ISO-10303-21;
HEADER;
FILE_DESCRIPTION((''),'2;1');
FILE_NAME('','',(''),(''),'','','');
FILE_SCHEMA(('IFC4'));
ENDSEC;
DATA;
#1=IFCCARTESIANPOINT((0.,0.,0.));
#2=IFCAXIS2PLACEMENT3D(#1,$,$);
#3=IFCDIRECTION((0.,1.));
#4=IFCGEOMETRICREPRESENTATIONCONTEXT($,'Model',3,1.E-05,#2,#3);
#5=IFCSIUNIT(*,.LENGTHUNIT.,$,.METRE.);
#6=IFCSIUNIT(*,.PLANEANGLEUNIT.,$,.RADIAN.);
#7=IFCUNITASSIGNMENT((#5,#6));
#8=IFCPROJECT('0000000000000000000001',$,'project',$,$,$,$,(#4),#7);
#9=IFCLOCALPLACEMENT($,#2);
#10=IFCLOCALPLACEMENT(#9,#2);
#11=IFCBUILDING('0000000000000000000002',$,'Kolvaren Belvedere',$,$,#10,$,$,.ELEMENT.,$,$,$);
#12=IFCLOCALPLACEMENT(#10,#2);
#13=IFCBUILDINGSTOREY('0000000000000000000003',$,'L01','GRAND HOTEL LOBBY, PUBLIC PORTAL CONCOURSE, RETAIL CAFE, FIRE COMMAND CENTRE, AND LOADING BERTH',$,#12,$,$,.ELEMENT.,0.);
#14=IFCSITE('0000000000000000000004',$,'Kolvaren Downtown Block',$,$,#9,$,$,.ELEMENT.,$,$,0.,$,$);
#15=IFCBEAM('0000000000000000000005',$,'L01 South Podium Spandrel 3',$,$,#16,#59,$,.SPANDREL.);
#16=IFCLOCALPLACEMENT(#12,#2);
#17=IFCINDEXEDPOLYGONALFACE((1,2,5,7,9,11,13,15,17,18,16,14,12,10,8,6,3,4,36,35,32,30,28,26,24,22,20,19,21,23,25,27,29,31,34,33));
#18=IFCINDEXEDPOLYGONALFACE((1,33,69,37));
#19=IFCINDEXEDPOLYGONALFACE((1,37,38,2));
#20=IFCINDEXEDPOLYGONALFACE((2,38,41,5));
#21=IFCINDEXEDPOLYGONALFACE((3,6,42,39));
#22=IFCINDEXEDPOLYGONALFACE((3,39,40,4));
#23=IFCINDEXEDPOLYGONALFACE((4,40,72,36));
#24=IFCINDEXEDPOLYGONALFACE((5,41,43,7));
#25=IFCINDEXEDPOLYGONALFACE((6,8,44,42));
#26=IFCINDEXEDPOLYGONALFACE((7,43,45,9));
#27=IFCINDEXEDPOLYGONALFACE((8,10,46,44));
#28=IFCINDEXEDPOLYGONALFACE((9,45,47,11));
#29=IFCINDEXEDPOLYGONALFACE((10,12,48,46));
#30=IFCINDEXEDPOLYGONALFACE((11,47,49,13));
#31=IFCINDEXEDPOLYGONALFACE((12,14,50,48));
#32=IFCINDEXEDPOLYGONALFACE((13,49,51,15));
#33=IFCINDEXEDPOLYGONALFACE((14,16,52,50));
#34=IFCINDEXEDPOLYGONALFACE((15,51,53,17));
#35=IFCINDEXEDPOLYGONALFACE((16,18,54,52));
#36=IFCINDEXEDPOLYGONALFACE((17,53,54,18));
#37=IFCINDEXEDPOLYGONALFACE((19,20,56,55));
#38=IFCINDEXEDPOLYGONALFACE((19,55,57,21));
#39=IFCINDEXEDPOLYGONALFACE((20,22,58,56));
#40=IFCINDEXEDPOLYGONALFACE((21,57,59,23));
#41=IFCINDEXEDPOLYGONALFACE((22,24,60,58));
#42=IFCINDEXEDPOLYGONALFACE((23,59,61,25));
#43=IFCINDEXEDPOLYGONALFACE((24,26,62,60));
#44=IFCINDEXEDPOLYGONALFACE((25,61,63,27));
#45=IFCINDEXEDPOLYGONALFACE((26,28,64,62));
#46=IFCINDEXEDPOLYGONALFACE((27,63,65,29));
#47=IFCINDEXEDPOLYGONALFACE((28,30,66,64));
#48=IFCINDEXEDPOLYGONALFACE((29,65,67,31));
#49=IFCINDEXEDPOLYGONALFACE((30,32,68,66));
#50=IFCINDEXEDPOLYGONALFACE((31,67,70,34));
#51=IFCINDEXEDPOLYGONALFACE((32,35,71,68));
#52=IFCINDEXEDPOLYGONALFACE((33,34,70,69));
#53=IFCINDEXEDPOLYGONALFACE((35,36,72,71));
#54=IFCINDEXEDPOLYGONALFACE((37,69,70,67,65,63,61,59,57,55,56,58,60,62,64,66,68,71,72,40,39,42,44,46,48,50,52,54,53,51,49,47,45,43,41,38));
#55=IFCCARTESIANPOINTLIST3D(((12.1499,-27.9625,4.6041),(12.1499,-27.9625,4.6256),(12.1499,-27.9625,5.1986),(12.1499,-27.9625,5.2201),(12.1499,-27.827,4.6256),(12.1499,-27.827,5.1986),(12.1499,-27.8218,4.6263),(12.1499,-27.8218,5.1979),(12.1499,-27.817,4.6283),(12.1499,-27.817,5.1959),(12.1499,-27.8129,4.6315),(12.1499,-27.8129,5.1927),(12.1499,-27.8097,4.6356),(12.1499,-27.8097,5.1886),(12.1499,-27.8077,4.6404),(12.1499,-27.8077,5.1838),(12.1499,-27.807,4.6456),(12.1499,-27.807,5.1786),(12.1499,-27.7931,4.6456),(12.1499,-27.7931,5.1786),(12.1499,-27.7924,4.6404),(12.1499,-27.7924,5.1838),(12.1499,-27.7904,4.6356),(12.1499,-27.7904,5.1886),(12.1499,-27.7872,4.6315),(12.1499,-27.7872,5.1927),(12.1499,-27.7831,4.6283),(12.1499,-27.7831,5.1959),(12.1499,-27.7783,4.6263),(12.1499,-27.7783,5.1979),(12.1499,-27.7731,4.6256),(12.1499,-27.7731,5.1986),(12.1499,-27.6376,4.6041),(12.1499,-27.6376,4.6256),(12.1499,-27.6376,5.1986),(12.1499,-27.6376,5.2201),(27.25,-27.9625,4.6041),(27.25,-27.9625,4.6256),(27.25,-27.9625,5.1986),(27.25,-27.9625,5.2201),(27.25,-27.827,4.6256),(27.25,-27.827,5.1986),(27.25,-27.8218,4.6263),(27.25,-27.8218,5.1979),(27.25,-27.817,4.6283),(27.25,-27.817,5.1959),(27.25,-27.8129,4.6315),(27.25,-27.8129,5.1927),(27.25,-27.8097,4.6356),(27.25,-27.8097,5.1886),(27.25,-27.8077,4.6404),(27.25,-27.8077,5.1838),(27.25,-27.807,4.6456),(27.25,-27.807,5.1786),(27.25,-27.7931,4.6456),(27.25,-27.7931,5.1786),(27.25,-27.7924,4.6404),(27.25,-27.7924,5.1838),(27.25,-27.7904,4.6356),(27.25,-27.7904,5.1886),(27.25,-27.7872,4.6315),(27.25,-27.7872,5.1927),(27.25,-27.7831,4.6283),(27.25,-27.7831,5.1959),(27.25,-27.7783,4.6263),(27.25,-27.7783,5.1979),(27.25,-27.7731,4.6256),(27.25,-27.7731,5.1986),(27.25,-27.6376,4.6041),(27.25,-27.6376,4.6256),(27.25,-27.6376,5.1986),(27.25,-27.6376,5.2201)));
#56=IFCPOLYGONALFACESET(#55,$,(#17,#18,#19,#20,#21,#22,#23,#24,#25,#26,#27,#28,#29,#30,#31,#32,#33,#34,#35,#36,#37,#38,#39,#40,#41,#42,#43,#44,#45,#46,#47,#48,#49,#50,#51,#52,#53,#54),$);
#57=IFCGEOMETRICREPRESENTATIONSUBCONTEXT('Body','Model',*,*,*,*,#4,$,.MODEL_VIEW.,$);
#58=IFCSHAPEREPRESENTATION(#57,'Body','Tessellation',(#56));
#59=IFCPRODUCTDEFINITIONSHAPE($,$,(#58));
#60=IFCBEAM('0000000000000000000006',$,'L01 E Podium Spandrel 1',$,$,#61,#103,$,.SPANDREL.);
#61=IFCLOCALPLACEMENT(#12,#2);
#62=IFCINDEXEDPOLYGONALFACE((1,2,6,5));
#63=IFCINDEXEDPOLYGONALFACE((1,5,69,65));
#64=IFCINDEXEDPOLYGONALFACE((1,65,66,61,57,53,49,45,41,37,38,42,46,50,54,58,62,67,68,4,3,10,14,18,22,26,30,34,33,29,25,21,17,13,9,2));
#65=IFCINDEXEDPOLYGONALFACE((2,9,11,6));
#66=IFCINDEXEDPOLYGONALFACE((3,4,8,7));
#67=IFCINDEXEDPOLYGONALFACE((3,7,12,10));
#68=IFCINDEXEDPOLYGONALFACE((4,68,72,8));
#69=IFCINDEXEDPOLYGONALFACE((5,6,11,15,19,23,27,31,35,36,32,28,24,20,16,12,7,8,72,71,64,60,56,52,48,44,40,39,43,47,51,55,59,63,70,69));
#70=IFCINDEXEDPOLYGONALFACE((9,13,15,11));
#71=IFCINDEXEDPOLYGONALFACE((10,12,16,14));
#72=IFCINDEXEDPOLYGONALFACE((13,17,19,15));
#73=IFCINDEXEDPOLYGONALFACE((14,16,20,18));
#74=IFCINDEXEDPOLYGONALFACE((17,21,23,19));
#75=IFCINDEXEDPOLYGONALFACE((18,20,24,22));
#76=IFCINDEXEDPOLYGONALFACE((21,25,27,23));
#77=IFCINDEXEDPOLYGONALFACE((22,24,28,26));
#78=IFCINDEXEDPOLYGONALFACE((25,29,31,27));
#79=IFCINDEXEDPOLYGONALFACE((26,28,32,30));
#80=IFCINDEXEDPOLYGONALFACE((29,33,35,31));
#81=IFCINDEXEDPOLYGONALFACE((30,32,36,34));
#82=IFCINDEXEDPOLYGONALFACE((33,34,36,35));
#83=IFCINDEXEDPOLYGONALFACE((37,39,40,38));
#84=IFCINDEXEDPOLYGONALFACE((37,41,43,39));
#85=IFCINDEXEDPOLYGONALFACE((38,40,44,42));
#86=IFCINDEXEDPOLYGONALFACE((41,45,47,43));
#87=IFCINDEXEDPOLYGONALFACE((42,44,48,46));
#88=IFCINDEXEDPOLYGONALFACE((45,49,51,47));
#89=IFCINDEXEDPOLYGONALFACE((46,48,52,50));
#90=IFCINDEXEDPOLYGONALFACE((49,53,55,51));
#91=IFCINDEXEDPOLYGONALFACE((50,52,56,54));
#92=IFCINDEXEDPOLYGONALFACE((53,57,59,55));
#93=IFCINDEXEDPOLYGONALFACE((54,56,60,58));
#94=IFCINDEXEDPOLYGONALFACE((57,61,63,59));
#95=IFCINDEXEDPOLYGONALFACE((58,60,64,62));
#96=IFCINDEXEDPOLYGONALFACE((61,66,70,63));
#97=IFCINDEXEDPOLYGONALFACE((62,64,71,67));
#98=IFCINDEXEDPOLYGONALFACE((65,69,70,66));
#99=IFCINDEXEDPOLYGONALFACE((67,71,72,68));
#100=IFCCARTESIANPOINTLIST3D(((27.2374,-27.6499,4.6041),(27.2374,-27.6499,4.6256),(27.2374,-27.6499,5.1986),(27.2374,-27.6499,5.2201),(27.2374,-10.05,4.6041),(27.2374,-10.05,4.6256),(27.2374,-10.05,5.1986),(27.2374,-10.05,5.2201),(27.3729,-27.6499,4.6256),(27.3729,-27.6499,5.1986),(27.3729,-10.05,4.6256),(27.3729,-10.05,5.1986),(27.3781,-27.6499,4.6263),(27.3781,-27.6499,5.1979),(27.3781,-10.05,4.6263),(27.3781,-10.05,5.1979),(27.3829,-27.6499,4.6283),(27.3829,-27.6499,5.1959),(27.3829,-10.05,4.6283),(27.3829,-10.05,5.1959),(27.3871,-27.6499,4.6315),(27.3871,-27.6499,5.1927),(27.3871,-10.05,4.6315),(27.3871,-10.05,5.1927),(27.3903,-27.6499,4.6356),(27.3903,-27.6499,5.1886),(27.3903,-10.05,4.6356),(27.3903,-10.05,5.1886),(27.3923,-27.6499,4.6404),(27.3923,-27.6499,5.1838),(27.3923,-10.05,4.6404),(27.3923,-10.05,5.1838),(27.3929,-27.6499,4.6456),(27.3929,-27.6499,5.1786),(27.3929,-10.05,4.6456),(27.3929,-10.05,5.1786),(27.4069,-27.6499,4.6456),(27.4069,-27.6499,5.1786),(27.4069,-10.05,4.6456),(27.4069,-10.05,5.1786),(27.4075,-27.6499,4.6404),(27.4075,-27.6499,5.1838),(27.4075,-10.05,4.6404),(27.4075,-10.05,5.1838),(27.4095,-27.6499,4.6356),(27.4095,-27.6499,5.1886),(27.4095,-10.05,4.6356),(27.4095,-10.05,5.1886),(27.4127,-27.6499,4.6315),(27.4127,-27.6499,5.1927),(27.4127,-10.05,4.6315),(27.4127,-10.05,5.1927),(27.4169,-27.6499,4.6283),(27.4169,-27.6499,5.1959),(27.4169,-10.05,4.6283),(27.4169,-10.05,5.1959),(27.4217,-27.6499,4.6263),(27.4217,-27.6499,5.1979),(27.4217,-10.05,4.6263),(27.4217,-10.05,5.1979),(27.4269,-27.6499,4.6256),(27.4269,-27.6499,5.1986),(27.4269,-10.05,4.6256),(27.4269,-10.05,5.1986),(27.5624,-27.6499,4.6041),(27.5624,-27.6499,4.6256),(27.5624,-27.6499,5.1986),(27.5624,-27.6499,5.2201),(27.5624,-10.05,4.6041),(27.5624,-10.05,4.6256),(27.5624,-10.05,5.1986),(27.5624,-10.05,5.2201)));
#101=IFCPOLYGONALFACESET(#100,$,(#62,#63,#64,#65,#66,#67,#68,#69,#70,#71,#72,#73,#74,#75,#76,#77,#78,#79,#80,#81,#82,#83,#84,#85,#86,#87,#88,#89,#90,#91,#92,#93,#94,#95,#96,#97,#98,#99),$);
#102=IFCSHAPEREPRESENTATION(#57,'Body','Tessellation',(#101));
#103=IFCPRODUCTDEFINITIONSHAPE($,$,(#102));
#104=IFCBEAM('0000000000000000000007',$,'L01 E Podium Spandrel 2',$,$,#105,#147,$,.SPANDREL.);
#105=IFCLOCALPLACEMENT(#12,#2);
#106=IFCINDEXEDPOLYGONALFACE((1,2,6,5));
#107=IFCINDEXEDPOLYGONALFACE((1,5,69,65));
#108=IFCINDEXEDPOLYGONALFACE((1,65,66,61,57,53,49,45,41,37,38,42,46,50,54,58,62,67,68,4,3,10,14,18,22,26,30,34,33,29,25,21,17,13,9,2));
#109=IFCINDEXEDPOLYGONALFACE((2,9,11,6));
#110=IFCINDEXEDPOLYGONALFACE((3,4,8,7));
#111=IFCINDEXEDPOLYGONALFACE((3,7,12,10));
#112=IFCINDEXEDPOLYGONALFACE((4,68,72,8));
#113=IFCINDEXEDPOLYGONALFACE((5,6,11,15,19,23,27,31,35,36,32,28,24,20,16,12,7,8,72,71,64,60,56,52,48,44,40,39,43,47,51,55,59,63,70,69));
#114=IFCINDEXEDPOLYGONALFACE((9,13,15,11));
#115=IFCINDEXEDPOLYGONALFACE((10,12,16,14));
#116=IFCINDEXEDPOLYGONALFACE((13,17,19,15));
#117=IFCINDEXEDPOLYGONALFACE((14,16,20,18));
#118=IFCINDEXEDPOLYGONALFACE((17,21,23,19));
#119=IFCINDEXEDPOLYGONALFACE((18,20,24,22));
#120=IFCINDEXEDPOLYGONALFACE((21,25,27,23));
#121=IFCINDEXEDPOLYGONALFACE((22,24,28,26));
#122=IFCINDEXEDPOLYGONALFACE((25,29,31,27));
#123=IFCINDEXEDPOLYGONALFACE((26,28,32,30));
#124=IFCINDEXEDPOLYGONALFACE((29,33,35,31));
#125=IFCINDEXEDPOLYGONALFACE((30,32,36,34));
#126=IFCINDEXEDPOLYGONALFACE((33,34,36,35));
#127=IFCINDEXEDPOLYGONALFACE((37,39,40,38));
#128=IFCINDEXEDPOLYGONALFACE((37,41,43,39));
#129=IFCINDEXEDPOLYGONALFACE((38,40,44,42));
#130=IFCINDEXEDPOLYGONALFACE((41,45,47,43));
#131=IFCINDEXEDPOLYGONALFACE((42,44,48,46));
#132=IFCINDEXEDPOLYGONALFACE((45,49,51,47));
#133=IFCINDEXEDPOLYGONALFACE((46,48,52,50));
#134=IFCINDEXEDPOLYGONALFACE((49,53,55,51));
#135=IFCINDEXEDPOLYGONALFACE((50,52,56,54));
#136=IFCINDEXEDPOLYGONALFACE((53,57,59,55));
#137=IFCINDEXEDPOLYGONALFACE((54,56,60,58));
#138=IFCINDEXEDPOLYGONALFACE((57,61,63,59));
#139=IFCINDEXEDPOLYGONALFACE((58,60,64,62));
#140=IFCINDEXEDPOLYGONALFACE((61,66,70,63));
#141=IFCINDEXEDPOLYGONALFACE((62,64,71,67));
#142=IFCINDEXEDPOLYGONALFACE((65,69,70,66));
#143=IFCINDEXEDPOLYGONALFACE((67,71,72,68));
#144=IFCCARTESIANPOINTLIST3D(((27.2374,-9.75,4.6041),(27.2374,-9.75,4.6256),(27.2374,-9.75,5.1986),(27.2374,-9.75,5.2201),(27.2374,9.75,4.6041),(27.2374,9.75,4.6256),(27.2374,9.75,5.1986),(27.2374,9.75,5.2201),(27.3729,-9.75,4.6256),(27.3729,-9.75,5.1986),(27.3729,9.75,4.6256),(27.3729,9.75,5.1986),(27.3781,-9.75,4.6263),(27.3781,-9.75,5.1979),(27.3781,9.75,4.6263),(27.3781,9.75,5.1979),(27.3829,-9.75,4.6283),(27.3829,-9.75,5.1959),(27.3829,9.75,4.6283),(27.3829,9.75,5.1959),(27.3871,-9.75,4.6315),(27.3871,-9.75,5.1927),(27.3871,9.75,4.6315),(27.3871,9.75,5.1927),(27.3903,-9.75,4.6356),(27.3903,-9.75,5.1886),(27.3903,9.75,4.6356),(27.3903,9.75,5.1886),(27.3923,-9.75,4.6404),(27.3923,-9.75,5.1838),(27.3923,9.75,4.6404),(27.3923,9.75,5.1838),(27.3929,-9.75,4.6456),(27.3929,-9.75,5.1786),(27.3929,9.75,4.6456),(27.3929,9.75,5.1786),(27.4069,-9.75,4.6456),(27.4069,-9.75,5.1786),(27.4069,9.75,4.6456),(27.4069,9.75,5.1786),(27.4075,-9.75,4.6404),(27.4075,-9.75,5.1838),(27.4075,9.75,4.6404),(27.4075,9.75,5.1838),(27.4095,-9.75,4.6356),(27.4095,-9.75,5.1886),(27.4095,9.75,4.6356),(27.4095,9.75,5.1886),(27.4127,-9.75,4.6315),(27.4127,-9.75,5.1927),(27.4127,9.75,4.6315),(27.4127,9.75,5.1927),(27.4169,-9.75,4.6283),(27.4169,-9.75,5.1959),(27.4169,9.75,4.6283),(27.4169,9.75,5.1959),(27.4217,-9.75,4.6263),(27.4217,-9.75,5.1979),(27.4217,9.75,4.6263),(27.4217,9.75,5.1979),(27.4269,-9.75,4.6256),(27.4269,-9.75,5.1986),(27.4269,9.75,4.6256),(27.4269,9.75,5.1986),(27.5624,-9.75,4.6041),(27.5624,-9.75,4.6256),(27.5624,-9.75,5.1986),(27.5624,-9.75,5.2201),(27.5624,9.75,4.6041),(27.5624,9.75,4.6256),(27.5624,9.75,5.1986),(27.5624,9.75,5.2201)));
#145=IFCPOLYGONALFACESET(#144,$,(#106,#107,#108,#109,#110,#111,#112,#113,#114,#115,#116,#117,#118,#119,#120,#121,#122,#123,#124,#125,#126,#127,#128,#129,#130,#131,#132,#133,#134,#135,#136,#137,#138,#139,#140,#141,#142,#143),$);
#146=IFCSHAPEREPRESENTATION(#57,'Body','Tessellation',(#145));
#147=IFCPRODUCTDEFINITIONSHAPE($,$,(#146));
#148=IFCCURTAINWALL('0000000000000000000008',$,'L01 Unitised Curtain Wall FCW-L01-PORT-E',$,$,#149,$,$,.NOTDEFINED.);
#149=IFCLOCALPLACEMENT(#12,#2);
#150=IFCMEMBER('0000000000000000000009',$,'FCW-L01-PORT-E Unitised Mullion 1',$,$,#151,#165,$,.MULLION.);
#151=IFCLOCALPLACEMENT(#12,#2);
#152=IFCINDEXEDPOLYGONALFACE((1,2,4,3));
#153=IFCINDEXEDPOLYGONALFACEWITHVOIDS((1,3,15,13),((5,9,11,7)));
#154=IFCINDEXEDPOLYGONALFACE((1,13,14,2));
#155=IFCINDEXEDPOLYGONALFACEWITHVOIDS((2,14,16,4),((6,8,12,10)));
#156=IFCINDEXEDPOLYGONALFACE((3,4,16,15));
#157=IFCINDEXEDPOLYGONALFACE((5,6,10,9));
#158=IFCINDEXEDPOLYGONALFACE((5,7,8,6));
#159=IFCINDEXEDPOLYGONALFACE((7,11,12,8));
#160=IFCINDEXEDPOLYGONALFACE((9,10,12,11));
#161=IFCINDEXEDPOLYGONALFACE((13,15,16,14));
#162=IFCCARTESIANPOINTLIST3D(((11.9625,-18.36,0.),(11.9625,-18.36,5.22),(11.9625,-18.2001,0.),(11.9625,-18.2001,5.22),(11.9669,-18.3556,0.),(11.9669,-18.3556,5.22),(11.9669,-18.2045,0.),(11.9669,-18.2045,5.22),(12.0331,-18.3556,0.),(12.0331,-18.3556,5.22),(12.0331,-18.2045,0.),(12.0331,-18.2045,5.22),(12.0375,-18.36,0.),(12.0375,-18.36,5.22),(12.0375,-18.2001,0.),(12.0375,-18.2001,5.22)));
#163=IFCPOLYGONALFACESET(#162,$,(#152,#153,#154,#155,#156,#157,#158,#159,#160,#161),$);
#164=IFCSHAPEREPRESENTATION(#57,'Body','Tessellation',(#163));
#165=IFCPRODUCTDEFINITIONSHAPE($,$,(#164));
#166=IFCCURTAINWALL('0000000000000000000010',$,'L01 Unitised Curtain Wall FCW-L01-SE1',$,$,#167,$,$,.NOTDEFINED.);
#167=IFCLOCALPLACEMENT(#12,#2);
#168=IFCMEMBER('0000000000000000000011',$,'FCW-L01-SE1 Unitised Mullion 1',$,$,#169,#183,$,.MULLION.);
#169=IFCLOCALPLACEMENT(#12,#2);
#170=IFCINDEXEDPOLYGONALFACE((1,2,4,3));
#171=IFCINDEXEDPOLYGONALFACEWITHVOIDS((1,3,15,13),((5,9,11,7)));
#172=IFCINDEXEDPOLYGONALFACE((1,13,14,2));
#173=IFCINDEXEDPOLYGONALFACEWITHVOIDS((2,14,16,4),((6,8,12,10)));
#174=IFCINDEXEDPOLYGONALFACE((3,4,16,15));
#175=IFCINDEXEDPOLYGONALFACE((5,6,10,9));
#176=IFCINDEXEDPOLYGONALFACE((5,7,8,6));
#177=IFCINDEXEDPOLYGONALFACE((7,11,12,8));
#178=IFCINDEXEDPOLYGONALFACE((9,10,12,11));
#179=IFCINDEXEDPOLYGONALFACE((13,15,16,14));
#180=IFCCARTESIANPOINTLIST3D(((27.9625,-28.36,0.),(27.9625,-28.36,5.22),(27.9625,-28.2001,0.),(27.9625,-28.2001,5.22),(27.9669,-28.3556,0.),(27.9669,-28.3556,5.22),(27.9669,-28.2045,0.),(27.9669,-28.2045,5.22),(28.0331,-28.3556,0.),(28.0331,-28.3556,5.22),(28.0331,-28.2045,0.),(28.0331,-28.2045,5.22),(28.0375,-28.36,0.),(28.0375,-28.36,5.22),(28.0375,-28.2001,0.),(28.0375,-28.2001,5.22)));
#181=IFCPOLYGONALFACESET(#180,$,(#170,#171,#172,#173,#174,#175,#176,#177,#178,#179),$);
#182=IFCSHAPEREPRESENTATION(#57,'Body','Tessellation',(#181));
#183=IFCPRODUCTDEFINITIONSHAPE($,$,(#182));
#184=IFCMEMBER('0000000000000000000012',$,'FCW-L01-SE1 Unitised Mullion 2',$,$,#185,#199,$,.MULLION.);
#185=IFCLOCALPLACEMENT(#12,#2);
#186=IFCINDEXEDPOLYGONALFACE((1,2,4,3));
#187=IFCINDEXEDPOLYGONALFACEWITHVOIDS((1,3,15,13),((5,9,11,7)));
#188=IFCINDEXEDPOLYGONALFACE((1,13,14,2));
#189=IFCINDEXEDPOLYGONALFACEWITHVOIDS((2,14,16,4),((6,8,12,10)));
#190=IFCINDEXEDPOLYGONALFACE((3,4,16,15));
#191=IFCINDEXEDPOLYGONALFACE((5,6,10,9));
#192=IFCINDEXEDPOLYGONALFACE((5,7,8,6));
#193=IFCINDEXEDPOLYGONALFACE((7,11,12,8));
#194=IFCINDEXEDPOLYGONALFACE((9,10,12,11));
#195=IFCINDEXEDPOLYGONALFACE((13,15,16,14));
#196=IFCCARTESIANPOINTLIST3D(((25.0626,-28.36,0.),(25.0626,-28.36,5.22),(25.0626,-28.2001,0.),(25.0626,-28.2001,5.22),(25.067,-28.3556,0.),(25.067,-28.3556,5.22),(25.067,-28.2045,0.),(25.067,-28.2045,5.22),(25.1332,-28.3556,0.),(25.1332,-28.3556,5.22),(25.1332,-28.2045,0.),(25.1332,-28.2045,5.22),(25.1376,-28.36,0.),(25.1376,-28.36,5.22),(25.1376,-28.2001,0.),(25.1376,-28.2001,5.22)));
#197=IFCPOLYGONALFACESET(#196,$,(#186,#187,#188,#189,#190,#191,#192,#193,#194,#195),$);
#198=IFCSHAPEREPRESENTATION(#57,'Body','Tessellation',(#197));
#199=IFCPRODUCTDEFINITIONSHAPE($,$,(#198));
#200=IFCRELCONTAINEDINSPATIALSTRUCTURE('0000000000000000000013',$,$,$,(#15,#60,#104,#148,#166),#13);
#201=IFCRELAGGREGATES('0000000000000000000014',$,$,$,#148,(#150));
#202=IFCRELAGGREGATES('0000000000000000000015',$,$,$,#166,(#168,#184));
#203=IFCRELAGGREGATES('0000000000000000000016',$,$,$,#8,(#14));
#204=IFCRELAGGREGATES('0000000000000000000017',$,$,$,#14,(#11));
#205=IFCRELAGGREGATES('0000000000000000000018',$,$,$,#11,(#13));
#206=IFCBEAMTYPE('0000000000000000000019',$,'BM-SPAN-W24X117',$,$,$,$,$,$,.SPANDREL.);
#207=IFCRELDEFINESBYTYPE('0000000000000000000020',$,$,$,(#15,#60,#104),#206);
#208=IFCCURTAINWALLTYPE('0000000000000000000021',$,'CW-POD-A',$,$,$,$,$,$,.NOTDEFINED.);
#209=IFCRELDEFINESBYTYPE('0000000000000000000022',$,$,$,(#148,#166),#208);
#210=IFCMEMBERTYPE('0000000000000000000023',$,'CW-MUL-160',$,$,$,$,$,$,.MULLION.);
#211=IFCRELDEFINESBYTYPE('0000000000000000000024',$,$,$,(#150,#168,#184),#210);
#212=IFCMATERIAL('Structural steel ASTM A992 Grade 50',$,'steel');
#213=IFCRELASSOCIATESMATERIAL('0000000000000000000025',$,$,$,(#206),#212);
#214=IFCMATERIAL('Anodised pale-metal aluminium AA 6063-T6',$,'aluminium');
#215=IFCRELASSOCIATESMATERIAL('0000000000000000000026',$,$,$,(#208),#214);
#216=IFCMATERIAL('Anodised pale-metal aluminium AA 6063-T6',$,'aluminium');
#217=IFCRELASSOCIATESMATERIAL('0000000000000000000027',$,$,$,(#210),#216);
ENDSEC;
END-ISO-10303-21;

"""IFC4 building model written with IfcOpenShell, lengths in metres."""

from ifc_helpers import new_model, si_unit, direction, frame, origin, origin_2d, place, context, subcontext, project, spatial, hollow_rectangle, i_section, extrude, material, material_profile, profile_set, type_object, element, aggregate, save


model = new_model("IFC4")

# Units and contexts
model_context = context("Model", 3, precision=1e-05, world=origin(), true_north=direction((0.0, 1.0)))
body_context = subcontext(model_context, "Body", "Model", "MODEL_VIEW")
ifc_project = project(units=[si_unit("LENGTHUNIT", "METRE"), si_unit("PLANEANGLEUNIT", "RADIAN")], contexts=[model_context])

# Site, building, storey
site_placement = place(None, origin())
site = spatial("IfcSite", under=ifc_project, at=site_placement, Name="Kolvaren Downtown Block", CompositionType="ELEMENT", RefElevation=0.0)
building_placement = place(site_placement, origin())
building = spatial("IfcBuilding", under=site, at=building_placement, Name="Kolvaren Belvedere", CompositionType="ELEMENT")
storey_placement = place(building_placement, origin())
storey = spatial("IfcBuildingStorey", under=building, at=storey_placement, Name="L01", Description="GRAND HOTEL LOBBY, PUBLIC PORTAL CONCOURSE, RETAIL CAFE, FIRE COMMAND CENTRE, AND LOADING BERTH", CompositionType="ELEMENT", Elevation=0.0)

# Beams
ifc_material_1 = material(Name="Structural steel ASTM A992 Grade 50", Category="steel")
ifc_material_profile_1 = material_profile(ifc_material_1, i_section(OverallWidth=0.325, OverallDepth=0.616, WebThickness=0.0139, FlangeThickness=0.0215, FilletRadius=0.02, at=origin_2d()), Name="W24X117")
ifc_profile_set_1 = profile_set([ifc_material_profile_1], Name="Structural steel ASTM A992 Grade 50")
beam_type_1 = type_object("IfcBeamType", Name="BM-SPAN-W24X117", PredefinedType="SPANDREL", material=ifc_profile_set_1)
beam_1_placement = place(storey_placement, frame((12.1499, -27.8, 4.9121), z_axis=(1.0, 0.0, 0.0), x_axis=(0.0, 1.0, 0.0)))
element("IfcBeam", 1, at=beam_1_placement, inside=storey, type_object=beam_type_1, Name="L01 South Podium Spandrel 3", PredefinedType="SPANDREL", context=body_context, shape_type="SweptSolid", body=[
    extrude(i_section(OverallWidth=0.325, OverallDepth=0.616, WebThickness=0.0139, FlangeThickness=0.0215, FilletRadius=0.02, at=origin_2d()), origin(), (0.0, 0.0, 1.0), 15.1001),
])
beam_2_placement = place(storey_placement, frame((27.3999, -27.6499, 4.9121), z_axis=(0.0, 1.0, 0.0), x_axis=(-1.0, 0.0, 0.0)))
element("IfcBeam", 2, at=beam_2_placement, inside=storey, type_object=beam_type_1, Name="L01 E Podium Spandrel 1", PredefinedType="SPANDREL", context=body_context, shape_type="SweptSolid", body=[
    extrude(i_section(OverallWidth=0.325, OverallDepth=0.616, WebThickness=0.0139, FlangeThickness=0.0215, FilletRadius=0.02, at=origin_2d()), origin(), (0.0, 0.0, 1.0), 17.5999),
])
beam_3_placement = place(storey_placement, frame((27.3999, -9.75, 4.9121), z_axis=(0.0, 1.0, 0.0), x_axis=(-1.0, 0.0, 0.0)))
element("IfcBeam", 3, at=beam_3_placement, inside=storey, type_object=beam_type_1, Name="L01 E Podium Spandrel 2", PredefinedType="SPANDREL", context=body_context, shape_type="SweptSolid", body=[
    extrude(i_section(OverallWidth=0.325, OverallDepth=0.616, WebThickness=0.0139, FlangeThickness=0.0215, FilletRadius=0.02, at=origin_2d()), origin(), (0.0, 0.0, 1.0), 19.5),
])

# Curtain wall, member
ifc_material_2 = material(Name="Anodised pale-metal aluminium AA 6063-T6", Category="aluminium")
curtain_wall_type = type_object("IfcCurtainWallType", Name="CW-POD-A", PredefinedType="NOTDEFINED", material=ifc_material_2)
curtain_wall_1_placement = place(storey_placement, origin())
curtain_wall_1 = element("IfcCurtainWall", 4, at=curtain_wall_1_placement, inside=storey, type_object=curtain_wall_type, Name="L01 Unitised Curtain Wall FCW-L01-PORT-E", PredefinedType="NOTDEFINED")
ifc_material_3 = material(Name="Anodised pale-metal aluminium AA 6063-T6", Category="aluminium")
ifc_material_profile_2 = material_profile(ifc_material_3, hollow_rectangle(XDim=0.075, YDim=0.1599, WallThickness=0.0044, at=origin_2d()), Name="ALU-MUL-160X75")
ifc_profile_set_2 = profile_set([ifc_material_profile_2], Name="Anodised pale-metal aluminium AA 6063-T6")
member_type_1 = type_object("IfcMemberType", Name="CW-MUL-160", PredefinedType="MULLION", material=ifc_profile_set_2)
member_1_placement = place(storey_placement, frame((12.0, -18.28, 0.0), z_axis=(0.0, 0.0, 1.0), x_axis=(1.0, 0.0, 0.0)))
member_1 = element("IfcMember", 5, at=member_1_placement, type_object=member_type_1, Name="FCW-L01-PORT-E Unitised Mullion 1", PredefinedType="MULLION", context=body_context, shape_type="SweptSolid", body=[
    extrude(hollow_rectangle(XDim=0.075, YDim=0.1599, WallThickness=0.0044, at=origin_2d()), origin(), (0.0, 0.0, 1.0), 5.22),
])

# Curtain wall, members
curtain_wall_2_placement = place(storey_placement, origin())
curtain_wall_2 = element("IfcCurtainWall", 6, at=curtain_wall_2_placement, inside=storey, type_object=curtain_wall_type, Name="L01 Unitised Curtain Wall FCW-L01-SE1", PredefinedType="NOTDEFINED")
member_2_placement = place(storey_placement, frame((28.0, -28.28, 0.0), z_axis=(0.0, 0.0, 1.0), x_axis=(1.0, 0.0, 0.0)))
member_2 = element("IfcMember", 7, at=member_2_placement, type_object=member_type_1, Name="FCW-L01-SE1 Unitised Mullion 1", PredefinedType="MULLION", context=body_context, shape_type="SweptSolid", body=[
    extrude(hollow_rectangle(XDim=0.075, YDim=0.1599, WallThickness=0.0044, at=origin_2d()), origin(), (0.0, 0.0, 1.0), 5.22),
])
member_3_placement = place(storey_placement, frame((25.1001, -28.28, 0.0), z_axis=(0.0, 0.0, 1.0), x_axis=(1.0, 0.0, 0.0)))
member_3 = element("IfcMember", 8, at=member_3_placement, type_object=member_type_1, Name="FCW-L01-SE1 Unitised Mullion 2", PredefinedType="MULLION", context=body_context, shape_type="SweptSolid", body=[
    extrude(hollow_rectangle(XDim=0.075, YDim=0.1599, WallThickness=0.0044, at=origin_2d()), origin(), (0.0, 0.0, 1.0), 5.22),
])

aggregate(curtain_wall_1, [member_1])

aggregate(curtain_wall_2, [member_2, member_3])

save(model, "model.ifc")
